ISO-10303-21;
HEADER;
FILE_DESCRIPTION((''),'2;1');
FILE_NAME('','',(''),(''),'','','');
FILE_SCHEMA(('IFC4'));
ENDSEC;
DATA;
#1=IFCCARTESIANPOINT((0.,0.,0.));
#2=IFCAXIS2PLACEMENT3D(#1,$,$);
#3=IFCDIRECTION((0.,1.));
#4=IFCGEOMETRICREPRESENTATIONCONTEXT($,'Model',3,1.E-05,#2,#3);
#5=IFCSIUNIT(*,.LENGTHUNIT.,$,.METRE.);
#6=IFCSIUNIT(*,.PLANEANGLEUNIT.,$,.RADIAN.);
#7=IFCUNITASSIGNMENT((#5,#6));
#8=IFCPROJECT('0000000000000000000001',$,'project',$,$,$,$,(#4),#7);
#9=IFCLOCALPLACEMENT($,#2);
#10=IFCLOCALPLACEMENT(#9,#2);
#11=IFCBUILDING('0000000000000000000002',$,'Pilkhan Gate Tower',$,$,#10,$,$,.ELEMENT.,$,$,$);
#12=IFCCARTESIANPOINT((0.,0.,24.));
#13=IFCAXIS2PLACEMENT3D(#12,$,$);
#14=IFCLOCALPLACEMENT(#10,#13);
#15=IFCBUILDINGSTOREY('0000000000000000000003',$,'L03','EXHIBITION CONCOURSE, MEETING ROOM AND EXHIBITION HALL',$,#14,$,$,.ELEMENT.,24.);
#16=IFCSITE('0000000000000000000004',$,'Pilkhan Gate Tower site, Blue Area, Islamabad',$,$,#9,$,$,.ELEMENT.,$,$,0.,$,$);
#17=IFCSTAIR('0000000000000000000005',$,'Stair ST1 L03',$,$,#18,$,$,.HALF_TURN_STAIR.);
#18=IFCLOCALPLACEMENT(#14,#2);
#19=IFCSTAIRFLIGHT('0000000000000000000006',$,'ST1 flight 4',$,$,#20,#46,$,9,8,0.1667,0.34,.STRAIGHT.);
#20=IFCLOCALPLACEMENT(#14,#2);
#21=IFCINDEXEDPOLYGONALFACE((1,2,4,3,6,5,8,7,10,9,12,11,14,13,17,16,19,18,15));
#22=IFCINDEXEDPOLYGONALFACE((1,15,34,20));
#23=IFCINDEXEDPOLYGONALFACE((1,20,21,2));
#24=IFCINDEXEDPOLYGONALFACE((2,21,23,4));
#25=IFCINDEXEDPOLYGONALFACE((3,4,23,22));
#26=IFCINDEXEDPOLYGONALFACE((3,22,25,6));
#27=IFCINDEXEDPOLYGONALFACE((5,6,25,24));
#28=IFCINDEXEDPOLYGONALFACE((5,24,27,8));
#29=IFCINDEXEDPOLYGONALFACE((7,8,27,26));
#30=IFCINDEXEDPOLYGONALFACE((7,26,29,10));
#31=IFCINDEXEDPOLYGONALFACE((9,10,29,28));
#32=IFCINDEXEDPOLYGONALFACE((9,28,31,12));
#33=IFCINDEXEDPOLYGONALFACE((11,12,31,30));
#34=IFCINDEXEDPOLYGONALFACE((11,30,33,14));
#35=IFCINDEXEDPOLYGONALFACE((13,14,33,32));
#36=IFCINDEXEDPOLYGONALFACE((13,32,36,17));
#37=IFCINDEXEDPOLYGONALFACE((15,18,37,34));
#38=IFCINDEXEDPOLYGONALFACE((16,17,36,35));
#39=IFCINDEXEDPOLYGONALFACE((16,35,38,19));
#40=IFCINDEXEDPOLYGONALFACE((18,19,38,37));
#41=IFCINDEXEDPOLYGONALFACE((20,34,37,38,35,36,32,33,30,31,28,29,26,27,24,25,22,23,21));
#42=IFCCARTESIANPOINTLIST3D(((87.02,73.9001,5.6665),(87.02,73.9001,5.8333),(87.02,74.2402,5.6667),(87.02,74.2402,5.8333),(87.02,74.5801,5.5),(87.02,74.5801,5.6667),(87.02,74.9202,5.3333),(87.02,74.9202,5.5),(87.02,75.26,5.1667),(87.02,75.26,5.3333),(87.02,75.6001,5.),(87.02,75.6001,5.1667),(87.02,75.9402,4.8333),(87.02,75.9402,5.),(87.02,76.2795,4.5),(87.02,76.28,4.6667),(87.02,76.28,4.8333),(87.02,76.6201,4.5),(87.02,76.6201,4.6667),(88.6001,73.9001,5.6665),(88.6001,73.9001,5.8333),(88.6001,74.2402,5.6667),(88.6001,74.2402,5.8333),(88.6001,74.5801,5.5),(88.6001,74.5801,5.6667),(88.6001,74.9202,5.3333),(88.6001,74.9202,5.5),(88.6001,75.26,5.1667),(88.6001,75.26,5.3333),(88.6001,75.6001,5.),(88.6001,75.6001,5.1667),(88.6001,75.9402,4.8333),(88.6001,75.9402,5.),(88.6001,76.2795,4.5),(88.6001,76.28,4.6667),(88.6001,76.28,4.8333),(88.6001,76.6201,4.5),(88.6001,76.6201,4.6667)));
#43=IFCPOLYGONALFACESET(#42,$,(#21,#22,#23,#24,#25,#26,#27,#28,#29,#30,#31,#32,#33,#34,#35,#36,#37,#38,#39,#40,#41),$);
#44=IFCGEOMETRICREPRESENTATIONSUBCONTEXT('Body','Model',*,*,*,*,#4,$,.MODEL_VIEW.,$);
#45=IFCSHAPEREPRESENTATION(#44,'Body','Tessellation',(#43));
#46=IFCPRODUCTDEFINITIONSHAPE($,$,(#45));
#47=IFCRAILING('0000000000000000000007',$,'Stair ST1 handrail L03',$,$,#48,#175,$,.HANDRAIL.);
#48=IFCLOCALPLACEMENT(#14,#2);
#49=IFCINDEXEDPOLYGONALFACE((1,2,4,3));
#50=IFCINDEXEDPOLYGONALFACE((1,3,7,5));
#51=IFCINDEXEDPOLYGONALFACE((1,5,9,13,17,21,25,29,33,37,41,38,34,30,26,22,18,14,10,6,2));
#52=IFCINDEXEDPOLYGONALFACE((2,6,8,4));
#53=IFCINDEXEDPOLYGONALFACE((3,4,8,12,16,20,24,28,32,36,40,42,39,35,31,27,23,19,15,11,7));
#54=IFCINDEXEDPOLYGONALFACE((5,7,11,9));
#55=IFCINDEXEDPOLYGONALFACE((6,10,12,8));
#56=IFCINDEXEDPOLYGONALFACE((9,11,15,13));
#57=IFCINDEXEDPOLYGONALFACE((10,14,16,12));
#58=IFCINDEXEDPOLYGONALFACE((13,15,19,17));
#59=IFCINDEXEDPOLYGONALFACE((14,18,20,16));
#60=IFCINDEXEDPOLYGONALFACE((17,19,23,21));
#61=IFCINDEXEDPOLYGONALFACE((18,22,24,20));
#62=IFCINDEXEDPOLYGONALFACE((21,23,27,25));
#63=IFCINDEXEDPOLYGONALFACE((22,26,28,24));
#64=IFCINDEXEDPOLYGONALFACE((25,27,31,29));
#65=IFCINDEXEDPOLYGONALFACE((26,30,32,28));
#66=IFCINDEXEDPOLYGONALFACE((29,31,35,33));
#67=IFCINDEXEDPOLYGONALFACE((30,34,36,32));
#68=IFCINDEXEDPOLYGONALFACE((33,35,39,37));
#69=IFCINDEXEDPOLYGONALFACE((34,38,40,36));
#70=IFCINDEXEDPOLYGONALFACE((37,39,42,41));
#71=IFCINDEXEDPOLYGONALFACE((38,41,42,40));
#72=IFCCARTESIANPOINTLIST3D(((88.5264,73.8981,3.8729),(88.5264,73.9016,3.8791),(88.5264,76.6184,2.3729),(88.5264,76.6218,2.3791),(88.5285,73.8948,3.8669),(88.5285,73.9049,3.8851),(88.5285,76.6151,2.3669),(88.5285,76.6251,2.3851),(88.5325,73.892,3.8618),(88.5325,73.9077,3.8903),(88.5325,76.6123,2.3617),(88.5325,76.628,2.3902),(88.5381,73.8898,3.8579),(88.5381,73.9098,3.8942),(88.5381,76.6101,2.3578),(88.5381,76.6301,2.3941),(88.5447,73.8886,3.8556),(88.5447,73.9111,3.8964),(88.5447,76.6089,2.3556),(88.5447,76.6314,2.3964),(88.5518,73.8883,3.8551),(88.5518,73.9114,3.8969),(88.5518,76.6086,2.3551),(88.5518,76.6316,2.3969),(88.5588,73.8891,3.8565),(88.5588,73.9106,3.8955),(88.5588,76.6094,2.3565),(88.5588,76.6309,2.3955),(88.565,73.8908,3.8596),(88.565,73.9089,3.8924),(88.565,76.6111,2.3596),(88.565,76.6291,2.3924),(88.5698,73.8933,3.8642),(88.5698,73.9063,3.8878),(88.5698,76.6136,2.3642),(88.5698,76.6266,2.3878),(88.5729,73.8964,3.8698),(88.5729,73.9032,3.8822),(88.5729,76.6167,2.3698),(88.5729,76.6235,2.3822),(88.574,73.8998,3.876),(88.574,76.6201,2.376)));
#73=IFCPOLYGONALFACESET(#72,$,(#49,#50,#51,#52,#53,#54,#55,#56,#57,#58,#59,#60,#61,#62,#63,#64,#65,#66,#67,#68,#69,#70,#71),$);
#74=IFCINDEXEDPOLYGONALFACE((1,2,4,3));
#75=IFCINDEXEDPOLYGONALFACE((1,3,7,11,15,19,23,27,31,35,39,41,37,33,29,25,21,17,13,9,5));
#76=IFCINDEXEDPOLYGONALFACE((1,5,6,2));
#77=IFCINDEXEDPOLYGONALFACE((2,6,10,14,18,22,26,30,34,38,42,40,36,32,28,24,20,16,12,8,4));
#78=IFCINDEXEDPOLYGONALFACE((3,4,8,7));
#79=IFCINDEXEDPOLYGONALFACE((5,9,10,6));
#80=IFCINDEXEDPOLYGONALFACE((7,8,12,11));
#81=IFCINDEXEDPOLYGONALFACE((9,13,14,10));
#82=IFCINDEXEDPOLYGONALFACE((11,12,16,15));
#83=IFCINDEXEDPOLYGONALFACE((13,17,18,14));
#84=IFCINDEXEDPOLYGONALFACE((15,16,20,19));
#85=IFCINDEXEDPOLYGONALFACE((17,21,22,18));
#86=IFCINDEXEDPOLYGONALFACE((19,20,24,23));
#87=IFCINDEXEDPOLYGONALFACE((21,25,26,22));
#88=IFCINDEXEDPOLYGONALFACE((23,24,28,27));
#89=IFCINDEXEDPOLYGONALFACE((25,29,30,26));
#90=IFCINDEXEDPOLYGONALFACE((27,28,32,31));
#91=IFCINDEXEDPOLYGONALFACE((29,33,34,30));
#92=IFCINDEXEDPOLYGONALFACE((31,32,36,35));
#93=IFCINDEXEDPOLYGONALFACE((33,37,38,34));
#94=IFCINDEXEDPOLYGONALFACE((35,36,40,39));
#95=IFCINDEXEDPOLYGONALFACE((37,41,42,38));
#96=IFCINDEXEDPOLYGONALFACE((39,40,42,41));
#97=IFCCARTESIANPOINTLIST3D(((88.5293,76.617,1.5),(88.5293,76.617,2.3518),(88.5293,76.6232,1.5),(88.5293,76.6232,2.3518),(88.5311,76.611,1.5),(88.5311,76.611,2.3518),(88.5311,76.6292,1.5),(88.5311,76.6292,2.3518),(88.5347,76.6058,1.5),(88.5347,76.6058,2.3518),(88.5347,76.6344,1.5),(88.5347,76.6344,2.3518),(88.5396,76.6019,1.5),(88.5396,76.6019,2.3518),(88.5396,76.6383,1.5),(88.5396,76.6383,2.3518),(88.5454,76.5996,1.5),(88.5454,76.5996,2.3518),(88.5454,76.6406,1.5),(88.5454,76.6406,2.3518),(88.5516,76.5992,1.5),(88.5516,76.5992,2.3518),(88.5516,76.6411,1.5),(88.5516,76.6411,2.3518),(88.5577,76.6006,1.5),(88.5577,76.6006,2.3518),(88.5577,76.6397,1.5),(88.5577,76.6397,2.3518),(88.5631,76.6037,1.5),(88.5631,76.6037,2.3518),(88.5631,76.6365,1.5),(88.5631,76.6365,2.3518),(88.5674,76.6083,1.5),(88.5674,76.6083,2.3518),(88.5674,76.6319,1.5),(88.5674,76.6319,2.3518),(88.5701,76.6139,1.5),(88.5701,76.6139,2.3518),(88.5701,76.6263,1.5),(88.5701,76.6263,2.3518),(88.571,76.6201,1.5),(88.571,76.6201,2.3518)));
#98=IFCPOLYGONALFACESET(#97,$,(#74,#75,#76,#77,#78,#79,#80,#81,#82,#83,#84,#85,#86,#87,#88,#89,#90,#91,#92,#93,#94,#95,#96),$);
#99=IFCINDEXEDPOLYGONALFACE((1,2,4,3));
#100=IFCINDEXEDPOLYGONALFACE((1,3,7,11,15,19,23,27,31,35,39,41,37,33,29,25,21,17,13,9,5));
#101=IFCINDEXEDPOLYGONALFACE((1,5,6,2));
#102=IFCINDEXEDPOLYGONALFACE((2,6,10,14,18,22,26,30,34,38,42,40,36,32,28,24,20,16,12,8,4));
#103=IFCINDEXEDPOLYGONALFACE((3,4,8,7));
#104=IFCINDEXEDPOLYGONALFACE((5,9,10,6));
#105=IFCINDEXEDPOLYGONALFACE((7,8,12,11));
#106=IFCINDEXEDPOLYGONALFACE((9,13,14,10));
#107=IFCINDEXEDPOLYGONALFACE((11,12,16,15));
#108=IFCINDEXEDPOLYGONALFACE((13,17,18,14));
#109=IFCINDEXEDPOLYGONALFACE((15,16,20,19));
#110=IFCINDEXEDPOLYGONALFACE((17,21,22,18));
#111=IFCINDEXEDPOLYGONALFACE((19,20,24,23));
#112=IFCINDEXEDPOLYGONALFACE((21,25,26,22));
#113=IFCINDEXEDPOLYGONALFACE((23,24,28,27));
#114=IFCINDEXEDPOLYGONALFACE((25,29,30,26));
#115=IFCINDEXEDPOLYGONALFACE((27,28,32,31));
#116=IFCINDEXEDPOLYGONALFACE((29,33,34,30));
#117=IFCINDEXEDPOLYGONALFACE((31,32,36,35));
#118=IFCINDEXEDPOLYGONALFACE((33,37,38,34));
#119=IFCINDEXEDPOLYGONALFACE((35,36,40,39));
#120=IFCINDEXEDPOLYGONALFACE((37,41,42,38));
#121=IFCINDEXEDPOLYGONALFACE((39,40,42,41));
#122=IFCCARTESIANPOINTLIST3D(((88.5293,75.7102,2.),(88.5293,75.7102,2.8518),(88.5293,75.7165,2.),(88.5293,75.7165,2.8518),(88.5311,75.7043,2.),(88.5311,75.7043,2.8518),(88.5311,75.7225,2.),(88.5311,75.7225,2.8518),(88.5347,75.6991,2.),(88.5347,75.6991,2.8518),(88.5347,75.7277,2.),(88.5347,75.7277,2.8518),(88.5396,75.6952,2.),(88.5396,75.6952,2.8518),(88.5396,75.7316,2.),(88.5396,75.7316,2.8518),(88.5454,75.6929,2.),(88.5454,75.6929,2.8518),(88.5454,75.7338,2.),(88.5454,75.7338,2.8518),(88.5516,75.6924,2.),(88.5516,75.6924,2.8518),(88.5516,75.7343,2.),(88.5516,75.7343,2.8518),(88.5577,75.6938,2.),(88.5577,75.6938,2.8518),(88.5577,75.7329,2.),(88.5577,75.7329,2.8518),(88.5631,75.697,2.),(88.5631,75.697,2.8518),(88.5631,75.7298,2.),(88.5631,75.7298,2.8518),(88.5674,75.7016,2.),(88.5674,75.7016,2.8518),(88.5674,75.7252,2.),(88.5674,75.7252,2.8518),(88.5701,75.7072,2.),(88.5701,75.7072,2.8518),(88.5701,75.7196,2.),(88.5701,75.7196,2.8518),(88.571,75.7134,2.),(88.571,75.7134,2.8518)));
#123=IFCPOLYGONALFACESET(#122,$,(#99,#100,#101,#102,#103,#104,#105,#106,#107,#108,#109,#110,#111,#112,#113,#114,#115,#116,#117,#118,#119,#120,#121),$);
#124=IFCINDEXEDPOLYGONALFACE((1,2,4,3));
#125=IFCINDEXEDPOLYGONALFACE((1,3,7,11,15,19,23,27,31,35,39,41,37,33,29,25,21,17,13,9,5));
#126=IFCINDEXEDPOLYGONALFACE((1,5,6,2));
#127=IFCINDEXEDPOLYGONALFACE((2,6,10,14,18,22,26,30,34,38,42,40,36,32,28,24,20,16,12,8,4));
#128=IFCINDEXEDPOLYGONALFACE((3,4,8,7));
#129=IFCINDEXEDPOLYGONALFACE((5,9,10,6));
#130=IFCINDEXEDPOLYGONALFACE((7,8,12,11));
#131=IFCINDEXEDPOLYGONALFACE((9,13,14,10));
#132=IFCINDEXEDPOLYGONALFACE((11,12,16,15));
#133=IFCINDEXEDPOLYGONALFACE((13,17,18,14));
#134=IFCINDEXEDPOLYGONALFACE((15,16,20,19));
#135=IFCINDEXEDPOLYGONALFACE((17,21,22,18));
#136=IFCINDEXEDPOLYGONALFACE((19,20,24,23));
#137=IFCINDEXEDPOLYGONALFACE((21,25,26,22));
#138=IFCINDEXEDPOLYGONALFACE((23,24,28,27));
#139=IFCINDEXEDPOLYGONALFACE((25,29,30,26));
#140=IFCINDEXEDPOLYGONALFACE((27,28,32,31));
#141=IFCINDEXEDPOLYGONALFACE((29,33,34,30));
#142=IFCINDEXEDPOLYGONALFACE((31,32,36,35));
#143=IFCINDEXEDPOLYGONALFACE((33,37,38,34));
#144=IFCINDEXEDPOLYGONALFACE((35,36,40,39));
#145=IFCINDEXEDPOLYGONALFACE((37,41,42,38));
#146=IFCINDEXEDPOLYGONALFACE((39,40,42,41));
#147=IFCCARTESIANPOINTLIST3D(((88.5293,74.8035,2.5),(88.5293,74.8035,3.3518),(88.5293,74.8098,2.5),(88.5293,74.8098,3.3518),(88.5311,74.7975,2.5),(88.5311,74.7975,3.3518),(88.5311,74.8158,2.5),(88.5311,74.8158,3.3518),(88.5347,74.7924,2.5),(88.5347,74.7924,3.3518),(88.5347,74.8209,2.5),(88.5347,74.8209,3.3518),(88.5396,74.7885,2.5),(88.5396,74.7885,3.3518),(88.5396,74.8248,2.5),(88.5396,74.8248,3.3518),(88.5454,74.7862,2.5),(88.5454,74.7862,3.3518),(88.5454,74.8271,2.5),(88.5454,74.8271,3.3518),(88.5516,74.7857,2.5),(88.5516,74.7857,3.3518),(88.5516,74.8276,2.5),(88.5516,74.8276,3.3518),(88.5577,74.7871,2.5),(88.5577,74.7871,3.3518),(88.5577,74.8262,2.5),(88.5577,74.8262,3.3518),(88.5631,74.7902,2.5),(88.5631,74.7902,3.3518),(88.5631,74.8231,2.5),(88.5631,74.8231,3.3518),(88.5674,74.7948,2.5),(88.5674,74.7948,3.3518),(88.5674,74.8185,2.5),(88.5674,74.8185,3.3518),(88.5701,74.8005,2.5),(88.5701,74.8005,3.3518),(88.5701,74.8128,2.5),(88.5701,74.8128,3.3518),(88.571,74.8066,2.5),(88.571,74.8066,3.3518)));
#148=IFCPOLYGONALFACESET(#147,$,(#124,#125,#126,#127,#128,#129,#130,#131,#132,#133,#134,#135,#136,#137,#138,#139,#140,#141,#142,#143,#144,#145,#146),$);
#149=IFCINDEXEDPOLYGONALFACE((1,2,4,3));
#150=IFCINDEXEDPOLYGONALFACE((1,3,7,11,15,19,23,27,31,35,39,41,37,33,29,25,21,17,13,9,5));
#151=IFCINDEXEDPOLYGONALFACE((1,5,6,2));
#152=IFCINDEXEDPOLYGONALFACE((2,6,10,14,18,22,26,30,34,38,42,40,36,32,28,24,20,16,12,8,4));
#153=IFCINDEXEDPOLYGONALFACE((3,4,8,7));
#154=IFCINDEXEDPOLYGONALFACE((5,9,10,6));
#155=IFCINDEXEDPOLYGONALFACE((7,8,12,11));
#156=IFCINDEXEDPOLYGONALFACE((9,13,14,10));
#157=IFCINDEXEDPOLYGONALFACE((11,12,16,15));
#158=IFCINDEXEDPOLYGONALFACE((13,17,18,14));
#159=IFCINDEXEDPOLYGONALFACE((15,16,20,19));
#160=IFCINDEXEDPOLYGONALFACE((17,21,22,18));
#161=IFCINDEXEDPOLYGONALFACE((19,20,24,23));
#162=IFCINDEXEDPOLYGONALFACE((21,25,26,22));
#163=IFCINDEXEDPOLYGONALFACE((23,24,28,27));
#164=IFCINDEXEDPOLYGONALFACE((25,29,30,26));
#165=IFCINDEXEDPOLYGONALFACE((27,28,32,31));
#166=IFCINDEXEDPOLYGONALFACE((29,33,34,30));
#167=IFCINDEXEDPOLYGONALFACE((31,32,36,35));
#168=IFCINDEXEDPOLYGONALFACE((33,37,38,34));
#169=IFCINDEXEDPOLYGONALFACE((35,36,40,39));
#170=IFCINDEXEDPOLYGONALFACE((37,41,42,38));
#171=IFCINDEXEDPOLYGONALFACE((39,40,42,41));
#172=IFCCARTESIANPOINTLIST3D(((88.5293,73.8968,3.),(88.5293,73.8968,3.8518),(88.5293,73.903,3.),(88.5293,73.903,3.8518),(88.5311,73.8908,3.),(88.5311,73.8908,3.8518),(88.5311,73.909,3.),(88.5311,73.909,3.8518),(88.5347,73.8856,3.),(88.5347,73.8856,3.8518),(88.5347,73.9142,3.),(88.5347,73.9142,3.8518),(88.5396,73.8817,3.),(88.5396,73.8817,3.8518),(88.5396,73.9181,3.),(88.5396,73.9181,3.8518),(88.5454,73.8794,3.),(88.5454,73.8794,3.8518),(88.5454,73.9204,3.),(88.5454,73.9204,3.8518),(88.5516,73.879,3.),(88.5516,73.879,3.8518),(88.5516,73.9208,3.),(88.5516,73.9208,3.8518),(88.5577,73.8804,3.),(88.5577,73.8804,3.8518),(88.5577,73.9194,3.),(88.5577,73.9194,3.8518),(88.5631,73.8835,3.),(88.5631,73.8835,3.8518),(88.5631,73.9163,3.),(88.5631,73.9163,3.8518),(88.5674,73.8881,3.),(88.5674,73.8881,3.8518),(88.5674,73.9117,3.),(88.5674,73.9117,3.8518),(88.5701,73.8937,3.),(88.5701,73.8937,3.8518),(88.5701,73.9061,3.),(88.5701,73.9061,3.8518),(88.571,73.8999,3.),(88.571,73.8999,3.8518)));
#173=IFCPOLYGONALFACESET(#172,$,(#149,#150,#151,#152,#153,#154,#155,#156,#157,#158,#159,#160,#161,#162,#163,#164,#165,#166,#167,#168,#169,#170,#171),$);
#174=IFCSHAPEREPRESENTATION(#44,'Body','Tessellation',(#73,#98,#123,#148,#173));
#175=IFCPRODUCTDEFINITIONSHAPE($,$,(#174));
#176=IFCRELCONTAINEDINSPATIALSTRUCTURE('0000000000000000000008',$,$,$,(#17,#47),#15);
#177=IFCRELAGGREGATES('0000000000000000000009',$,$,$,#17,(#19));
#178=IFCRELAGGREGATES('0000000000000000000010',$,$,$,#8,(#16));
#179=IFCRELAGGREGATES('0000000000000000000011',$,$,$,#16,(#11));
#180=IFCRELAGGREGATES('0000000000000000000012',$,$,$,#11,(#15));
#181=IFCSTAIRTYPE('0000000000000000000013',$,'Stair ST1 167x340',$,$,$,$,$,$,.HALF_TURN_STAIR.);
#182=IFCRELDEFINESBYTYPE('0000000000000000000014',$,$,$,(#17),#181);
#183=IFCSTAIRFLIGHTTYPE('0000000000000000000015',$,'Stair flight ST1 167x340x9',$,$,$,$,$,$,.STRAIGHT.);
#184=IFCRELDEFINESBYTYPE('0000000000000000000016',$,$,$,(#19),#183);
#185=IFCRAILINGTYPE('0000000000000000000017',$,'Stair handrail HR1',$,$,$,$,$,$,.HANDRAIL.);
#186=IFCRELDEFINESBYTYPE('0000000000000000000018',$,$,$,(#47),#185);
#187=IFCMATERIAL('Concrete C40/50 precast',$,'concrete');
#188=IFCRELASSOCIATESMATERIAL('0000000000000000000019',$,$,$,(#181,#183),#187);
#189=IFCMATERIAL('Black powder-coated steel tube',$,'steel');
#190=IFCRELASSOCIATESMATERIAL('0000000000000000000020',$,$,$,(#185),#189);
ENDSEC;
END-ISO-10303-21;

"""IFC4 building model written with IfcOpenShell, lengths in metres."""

from ifc_helpers import new_model, si_unit, direction, frame, origin, origin_2d, place, context, subcontext, project, spatial, polyline, circle, outline, extrude, material, type_object, element, aggregate, save


model = new_model("IFC4")

# Units and contexts
model_context = context("Model", 3, precision=1e-05, world=origin(), true_north=direction((0.0, 1.0)))
body_context = subcontext(model_context, "Body", "Model", "MODEL_VIEW")
ifc_project = project(units=[si_unit("LENGTHUNIT", "METRE"), si_unit("PLANEANGLEUNIT", "RADIAN")], contexts=[model_context])

# Site, building, storey
site_placement = place(None, origin())
site = spatial("IfcSite", under=ifc_project, at=site_placement, Name="Pilkhan Gate Tower site, Blue Area, Islamabad", CompositionType="ELEMENT", RefElevation=0.0)
building_placement = place(site_placement, origin())
building = spatial("IfcBuilding", under=site, at=building_placement, Name="Pilkhan Gate Tower", CompositionType="ELEMENT")
storey_placement = place(building_placement, frame((0.0, 0.0, 24.0)))
storey = spatial("IfcBuildingStorey", under=building, at=storey_placement, Name="L03", Description="EXHIBITION CONCOURSE, MEETING ROOM AND EXHIBITION HALL", CompositionType="ELEMENT", Elevation=24.0)

# Stair, stair flight
ifc_material_1 = material(Name="Concrete C40/50 precast", Category="concrete")
stair_type = type_object("IfcStairType", Name="Stair ST1 167x340", PredefinedType="HALF_TURN_STAIR", material=ifc_material_1)
stair_placement = place(storey_placement, origin())
stair = element("IfcStair", 1, at=stair_placement, inside=storey, type_object=stair_type, Name="Stair ST1 L03", PredefinedType="HALF_TURN_STAIR")
stair_flight_type = type_object("IfcStairFlightType", Name="Stair flight ST1 167x340x9", PredefinedType="STRAIGHT", material=ifc_material_1)
stair_flight_1_placement = place(storey_placement, frame((87.8101, 76.6201, 4.5), z_axis=(0.0, 0.0, 1.0), x_axis=(0.0, -1.0, 0.0)))
stair_flight_1 = element("IfcStairFlight", 2, at=stair_flight_1_placement, type_object=stair_flight_type, Name="ST1 flight 4", NumberOfRisers=9, NumberOfTreads=8, PredefinedType="STRAIGHT", RiserHeight=0.1667, TreadLength=0.34, context=body_context, shape_type="SweptSolid", body=[
    extrude(outline(polyline([(0.0, 0.0), (0.0, 0.1667), (0.3401, 0.1667), (0.3401, 0.3333), (0.6799, 0.3333), (0.6799, 0.5), (1.02, 0.5), (1.02, 0.6667), (1.3601, 0.6667), (1.3601, 0.8333), (1.7, 0.8333), (1.7, 1.0), (2.04, 1.0), (2.04, 1.1667), (2.3799, 1.1667), (2.3799, 1.3333), (2.72, 1.3333), (2.72, 1.5), (2.72, 1.1665), (0.3406, 0.0), (0.0, 0.0)])), frame((0.0, 0.79, 0.0), z_axis=(0.0, -1.0, 0.0), x_axis=(1.0, 0.0, 0.0)), (0.0, 0.0, 1.0), 1.5801),
])
aggregate(stair, [stair_flight_1])

# Railing
ifc_material_2 = material(Name="Black powder-coated steel tube", Category="steel")
railing_type_1 = type_object("IfcRailingType", Name="Stair handrail HR1", PredefinedType="HANDRAIL", material=ifc_material_2)
for number, where, name in (
    (3, (88.55, 76.6201, 1.5), "Stair ST1 handrail L03"),
):
    element("IfcRailing", number, at=place(storey_placement, frame(where)), inside=storey, type_object=railing_type_1, Name=name, PredefinedType="HANDRAIL", context=body_context, shape_type="SweptSolid", body=[
        extrude(circle(Radius=0.0239, at=origin_2d()), frame((0.0, 0.0, 0.876), z_axis=(0.0, -0.875688, 0.482878), x_axis=(1.0, 0.0, 0.0)), (0.0, 0.0, 1.0), 3.1064),
        extrude(circle(Radius=0.021, at=origin_2d()), origin(), (0.0, 0.0, 1.0), 0.8518),
        extrude(circle(Radius=0.021, at=origin_2d()), frame((0.0, -0.9067, 0.5)), (0.0, 0.0, 1.0), 0.8518),
        extrude(circle(Radius=0.021, at=origin_2d()), frame((0.0, -1.8135, 1.0)), (0.0, 0.0, 1.0), 0.8518),
        extrude(circle(Radius=0.021, at=origin_2d()), frame((0.0, -2.7202, 1.5)), (0.0, 0.0, 1.0), 0.8518),
    ])

save(model, "model.ifc")
